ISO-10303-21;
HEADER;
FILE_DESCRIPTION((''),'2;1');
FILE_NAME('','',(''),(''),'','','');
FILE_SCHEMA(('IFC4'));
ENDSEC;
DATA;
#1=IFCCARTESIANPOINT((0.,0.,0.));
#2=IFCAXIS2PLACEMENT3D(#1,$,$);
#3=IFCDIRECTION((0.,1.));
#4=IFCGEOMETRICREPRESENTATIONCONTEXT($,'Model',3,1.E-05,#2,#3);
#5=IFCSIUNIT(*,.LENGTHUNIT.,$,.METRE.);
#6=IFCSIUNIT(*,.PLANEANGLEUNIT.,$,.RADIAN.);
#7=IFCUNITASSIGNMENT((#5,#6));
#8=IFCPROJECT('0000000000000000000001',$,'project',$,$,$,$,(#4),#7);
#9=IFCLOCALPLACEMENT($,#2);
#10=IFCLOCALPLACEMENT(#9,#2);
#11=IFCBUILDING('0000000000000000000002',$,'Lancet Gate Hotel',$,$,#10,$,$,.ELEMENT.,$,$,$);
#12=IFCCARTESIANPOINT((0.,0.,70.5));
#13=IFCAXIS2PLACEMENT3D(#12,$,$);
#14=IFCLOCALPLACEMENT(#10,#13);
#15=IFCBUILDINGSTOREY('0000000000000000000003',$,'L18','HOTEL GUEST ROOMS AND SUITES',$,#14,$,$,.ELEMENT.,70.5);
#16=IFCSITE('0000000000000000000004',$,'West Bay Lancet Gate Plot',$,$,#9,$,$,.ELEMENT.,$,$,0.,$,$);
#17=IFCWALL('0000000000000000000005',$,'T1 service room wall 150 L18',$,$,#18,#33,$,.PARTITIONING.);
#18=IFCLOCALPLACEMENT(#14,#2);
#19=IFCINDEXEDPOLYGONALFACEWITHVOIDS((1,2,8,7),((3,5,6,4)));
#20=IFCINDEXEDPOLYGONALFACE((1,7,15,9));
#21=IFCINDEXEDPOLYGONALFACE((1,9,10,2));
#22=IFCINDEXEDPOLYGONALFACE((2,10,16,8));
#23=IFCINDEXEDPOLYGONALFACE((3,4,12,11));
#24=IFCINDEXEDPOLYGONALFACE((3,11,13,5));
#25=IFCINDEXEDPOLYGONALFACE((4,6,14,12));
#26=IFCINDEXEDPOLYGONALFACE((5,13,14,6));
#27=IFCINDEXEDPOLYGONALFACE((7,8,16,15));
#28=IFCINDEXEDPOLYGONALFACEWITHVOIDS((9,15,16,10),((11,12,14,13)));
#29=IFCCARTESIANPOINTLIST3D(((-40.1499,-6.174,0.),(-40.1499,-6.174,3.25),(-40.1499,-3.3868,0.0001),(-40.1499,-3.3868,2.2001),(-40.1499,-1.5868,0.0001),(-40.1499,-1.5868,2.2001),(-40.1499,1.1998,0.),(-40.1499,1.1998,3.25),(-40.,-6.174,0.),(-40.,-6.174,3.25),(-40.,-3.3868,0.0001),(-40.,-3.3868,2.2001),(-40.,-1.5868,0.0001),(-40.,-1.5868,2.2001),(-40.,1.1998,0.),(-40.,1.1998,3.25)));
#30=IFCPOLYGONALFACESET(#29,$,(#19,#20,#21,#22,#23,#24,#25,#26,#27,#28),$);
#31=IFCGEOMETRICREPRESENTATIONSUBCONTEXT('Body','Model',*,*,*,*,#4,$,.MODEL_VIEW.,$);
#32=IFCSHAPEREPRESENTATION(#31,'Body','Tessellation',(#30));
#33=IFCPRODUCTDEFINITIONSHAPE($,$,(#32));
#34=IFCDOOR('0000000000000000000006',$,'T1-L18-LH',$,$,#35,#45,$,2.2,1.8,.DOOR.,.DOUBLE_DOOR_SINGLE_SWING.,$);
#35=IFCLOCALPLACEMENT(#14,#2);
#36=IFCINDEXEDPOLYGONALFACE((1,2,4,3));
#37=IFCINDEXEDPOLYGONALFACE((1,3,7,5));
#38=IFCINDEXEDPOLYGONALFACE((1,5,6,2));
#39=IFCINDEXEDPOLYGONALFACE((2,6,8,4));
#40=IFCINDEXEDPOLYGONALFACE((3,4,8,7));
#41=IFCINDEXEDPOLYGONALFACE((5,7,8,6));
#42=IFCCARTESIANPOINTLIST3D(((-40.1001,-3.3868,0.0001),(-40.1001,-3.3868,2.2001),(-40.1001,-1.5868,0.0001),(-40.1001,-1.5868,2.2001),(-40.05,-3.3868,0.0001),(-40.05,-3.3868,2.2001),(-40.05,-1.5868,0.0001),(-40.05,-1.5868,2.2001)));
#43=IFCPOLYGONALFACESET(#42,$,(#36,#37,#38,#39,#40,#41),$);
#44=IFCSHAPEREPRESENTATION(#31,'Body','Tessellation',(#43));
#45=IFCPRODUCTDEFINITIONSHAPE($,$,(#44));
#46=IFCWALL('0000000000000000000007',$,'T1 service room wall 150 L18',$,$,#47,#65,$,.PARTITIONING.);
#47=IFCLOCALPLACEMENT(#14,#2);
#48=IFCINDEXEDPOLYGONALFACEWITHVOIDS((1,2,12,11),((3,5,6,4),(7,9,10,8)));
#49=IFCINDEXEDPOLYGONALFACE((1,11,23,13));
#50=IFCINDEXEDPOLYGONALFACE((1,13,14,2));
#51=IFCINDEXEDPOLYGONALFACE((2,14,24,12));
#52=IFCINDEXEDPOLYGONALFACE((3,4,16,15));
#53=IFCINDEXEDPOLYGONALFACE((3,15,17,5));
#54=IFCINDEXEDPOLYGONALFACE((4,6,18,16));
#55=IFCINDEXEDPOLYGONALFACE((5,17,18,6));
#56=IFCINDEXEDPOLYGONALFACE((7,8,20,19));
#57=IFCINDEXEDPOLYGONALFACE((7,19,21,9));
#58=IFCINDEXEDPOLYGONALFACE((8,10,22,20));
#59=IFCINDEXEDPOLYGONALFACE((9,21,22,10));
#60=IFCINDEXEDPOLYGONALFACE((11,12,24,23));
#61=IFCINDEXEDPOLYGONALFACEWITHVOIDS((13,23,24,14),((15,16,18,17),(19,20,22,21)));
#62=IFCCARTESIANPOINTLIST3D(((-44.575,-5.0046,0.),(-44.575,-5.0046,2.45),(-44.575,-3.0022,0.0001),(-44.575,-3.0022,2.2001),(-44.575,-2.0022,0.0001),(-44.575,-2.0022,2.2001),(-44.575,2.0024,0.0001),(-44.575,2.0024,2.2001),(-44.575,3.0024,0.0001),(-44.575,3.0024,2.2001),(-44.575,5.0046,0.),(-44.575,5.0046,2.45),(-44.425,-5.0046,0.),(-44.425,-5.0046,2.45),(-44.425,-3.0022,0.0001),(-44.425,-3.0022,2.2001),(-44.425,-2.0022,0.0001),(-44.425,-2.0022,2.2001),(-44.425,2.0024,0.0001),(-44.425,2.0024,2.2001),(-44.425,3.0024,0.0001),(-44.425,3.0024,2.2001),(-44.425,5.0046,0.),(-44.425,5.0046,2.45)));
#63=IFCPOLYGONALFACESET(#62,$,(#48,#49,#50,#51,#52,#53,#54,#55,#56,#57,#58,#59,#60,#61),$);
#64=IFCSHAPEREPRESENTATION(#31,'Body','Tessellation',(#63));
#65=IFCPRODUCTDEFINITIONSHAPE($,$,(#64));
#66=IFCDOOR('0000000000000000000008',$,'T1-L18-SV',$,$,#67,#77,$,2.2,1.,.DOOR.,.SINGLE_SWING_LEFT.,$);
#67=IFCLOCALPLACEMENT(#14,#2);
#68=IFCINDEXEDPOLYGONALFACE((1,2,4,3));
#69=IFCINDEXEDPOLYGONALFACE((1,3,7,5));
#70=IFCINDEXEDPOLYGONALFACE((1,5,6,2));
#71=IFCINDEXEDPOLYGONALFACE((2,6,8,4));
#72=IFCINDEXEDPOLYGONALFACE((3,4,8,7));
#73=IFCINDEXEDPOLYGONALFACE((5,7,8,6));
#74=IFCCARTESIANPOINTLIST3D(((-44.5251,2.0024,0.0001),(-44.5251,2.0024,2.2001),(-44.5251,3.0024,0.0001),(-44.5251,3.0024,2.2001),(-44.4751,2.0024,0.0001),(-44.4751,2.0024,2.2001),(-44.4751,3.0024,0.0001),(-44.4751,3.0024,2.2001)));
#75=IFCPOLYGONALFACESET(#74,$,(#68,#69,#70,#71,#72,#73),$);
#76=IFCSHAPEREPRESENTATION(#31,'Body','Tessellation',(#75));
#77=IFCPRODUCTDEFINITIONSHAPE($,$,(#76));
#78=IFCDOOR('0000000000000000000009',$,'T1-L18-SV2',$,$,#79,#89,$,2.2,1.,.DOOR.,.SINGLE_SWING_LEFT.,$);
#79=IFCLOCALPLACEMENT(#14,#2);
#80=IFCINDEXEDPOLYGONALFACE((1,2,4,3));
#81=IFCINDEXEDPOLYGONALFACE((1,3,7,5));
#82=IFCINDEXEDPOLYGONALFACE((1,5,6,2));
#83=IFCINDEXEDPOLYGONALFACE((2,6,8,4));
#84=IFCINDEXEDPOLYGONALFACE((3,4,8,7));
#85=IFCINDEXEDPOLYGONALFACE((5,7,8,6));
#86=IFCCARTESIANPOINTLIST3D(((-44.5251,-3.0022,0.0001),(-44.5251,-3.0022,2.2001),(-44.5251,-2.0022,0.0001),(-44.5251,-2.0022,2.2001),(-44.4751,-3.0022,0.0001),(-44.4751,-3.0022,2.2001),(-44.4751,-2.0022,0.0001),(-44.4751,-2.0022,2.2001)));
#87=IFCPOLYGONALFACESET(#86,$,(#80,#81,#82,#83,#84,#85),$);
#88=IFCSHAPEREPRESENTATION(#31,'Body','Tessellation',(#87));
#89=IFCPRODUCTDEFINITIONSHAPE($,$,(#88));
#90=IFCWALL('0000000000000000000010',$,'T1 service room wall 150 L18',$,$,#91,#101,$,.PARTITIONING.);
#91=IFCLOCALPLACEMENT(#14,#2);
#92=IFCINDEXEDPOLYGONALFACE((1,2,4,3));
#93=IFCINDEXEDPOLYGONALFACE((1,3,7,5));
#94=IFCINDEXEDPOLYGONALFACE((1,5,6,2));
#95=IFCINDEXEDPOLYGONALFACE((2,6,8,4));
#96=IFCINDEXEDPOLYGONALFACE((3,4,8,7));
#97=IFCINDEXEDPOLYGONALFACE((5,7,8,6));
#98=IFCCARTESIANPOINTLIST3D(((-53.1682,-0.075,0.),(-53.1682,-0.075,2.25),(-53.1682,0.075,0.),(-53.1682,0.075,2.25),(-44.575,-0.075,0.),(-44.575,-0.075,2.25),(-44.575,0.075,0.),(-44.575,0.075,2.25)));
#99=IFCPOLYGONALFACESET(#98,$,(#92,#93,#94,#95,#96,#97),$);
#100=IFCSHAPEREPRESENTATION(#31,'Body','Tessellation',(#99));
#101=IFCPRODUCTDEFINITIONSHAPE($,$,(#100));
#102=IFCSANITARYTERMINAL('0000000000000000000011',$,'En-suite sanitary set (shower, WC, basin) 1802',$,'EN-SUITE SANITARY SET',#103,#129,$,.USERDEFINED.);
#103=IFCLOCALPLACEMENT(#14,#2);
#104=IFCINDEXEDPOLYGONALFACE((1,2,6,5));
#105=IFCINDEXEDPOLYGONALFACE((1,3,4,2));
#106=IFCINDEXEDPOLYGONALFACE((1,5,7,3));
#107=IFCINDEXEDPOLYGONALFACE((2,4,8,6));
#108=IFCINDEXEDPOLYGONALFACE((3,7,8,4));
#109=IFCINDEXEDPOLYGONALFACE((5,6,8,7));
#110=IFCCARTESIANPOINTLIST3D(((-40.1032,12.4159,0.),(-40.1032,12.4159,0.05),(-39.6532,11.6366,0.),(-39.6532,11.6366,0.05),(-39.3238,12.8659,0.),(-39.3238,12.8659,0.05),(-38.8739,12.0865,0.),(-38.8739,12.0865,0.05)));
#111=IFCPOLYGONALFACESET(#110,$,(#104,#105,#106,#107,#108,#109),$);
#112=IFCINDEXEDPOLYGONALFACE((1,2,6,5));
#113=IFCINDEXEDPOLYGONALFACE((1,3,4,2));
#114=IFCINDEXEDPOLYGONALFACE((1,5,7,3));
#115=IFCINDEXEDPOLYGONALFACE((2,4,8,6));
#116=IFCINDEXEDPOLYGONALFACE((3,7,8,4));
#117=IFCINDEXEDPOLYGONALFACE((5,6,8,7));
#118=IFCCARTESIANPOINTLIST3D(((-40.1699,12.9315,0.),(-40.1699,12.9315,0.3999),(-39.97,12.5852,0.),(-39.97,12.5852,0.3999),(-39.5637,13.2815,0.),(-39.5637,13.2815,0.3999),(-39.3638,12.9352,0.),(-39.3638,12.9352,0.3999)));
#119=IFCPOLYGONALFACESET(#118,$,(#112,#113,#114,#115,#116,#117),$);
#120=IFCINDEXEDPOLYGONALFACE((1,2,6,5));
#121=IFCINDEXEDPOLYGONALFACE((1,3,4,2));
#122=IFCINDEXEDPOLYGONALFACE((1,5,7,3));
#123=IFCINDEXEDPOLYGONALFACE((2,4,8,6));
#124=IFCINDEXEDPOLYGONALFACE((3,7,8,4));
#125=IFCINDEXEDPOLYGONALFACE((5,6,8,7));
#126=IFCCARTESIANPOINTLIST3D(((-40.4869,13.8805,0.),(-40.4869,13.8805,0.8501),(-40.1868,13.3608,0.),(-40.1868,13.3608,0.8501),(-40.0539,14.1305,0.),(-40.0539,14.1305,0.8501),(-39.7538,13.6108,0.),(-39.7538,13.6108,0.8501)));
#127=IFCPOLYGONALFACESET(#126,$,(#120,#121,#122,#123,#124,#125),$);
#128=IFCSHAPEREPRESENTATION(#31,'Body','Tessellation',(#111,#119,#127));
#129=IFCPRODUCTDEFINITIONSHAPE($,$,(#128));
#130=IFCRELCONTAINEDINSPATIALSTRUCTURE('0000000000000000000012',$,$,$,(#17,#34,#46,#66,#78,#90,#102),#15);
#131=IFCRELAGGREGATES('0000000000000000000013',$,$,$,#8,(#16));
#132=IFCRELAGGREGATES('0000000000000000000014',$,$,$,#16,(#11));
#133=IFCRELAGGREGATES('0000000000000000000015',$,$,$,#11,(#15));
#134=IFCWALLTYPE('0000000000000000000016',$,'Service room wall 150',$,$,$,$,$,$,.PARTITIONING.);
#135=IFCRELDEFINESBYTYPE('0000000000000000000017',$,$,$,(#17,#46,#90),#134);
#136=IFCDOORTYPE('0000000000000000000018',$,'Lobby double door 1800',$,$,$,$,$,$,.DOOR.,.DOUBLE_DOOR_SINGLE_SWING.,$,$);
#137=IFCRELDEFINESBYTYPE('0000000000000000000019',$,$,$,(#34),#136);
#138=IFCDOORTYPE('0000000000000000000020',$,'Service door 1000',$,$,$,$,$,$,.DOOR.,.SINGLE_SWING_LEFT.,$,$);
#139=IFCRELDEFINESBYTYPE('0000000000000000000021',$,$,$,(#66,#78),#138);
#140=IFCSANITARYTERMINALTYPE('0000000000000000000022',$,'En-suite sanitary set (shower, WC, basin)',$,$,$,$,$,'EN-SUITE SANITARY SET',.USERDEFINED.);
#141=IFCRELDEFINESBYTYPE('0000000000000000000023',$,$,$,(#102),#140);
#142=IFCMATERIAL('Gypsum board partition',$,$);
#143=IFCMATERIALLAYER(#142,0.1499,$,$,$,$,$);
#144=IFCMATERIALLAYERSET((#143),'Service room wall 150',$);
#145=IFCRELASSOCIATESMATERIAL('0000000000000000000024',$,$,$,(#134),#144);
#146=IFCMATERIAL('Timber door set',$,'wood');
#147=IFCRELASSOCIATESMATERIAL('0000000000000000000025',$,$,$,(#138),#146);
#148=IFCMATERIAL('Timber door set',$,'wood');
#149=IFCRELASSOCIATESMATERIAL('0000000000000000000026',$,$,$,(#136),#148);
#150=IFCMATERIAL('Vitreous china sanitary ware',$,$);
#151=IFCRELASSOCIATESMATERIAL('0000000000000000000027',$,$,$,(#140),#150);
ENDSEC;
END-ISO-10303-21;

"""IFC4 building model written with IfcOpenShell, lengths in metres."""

from ifc_helpers import new_model, si_unit, direction, frame, frame_2d, origin, origin_2d, place, context, subcontext, project, spatial, rectangle, extrude, material, layer, layer_set, type_object, element, fill, save


model = new_model("IFC4")

# Units and contexts
model_context = context("Model", 3, precision=1e-05, world=origin(), true_north=direction((0.0, 1.0)))
body_context = subcontext(model_context, "Body", "Model", "MODEL_VIEW")
ifc_project = project(units=[si_unit("LENGTHUNIT", "METRE"), si_unit("PLANEANGLEUNIT", "RADIAN")], contexts=[model_context])

# Site, building, storey
site_placement = place(None, origin())
site = spatial("IfcSite", under=ifc_project, at=site_placement, Name="West Bay Lancet Gate Plot", CompositionType="ELEMENT", RefElevation=0.0)
building_placement = place(site_placement, origin())
building = spatial("IfcBuilding", under=site, at=building_placement, Name="Lancet Gate Hotel", CompositionType="ELEMENT")
storey_placement = place(building_placement, frame((0.0, 0.0, 70.5)))
storey = spatial("IfcBuildingStorey", under=building, at=storey_placement, Name="L18", Description="HOTEL GUEST ROOMS AND SUITES", CompositionType="ELEMENT", Elevation=70.5)

# Wall, opening, door
ifc_material_1 = material(Name="Gypsum board partition")
ifc_layer_1 = layer(ifc_material_1, 0.1499)
ifc_layer_set_1 = layer_set([ifc_layer_1], Name="Service room wall 150")
wall_type_1 = type_object("IfcWallType", Name="Service room wall 150", PredefinedType="PARTITIONING", material=ifc_layer_set_1)
ifc_material_2 = material(Name="Timber door set", Category="wood")
door_type_1 = type_object("IfcDoorType", Name="Service door 1000", OperationType="SINGLE_SWING_LEFT", PredefinedType="DOOR", material=ifc_material_2)
wall_1_placement = place(storey_placement, frame((-40.075, 1.2, 0.0), z_axis=(0.0, 0.0, 1.0), x_axis=(0.0, -1.0, 0.0)))
wall_1 = element("IfcWall", 1, at=wall_1_placement, inside=storey, type_object=wall_type_1, Name="T1 service room wall 150 L18", PredefinedType="PARTITIONING", context=body_context, shape_type="SweptSolid", body=[
    extrude(rectangle(XDim=7.3738, YDim=0.1499, at=frame_2d((3.687, 0.0))), origin(), (0.0, 0.0, 1.0), 3.25),
])
opening_1_placement = place(wall_1_placement, frame((2.7869, 0.0, 0.0)))
opening_1 = element("IfcOpeningElement", 2, at=opening_1_placement, cuts=wall_1, PredefinedType="OPENING", context=body_context, shape_type="SweptSolid", body=[
    extrude(rectangle(XDim=1.8, YDim=2.2, at=frame_2d((0.8999, 1.1001))), frame((0.0, 0.085, 0.0), z_axis=(0.0, -1.0, 0.0), x_axis=(1.0, 0.0, 0.0)), (0.0, 0.0, 1.0), 0.1699),
])
ifc_material_3 = material(Name="Timber door set", Category="wood")
door_type_2 = type_object("IfcDoorType", Name="Lobby double door 1800", OperationType="DOUBLE_DOOR_SINGLE_SWING", PredefinedType="DOOR", material=ifc_material_3)
door_1_placement = place(opening_1_placement, origin())
door_1 = element("IfcDoor", 3, at=door_1_placement, inside=storey, type_object=door_type_2, Name="T1-L18-LH", OperationType="DOUBLE_DOOR_SINGLE_SWING", OverallHeight=2.2, OverallWidth=1.8, PredefinedType="DOOR", context=body_context, shape_type="SweptSolid", body=[
    extrude(rectangle(XDim=1.8, YDim=2.2, at=frame_2d((0.8999, 1.1001))), frame((0.0, 0.0249, 0.0), z_axis=(0.0, -1.0, 0.0), x_axis=(1.0, 0.0, 0.0)), (0.0, 0.0, 1.0), 0.05),
])
fill(opening_1, door_1)

# Wall, openings, doors
wall_2_placement = place(storey_placement, frame((-44.5, 5.0046, 0.0), z_axis=(0.0, 0.0, 1.0), x_axis=(0.0, -1.0, 0.0)))
wall_2 = element("IfcWall", 4, at=wall_2_placement, inside=storey, type_object=wall_type_1, Name="T1 service room wall 150 L18", PredefinedType="PARTITIONING", context=body_context, shape_type="SweptSolid", body=[
    extrude(rectangle(XDim=10.0093, YDim=0.1499, at=frame_2d((5.0046, 0.0))), origin(), (0.0, 0.0, 1.0), 2.45),
])
opening_2_placement = place(wall_2_placement, frame((2.0022, 0.0, 0.0)))
opening_2 = element("IfcOpeningElement", 5, at=opening_2_placement, cuts=wall_2, PredefinedType="OPENING", context=body_context, shape_type="SweptSolid", body=[
    extrude(rectangle(XDim=1.0, YDim=2.2, at=frame_2d((0.5, 1.1001))), frame((0.0, 0.085, 0.0), z_axis=(0.0, -1.0, 0.0), x_axis=(1.0, 0.0, 0.0)), (0.0, 0.0, 1.0), 0.1699),
])
opening_3_placement = place(wall_2_placement, frame((7.0068, 0.0, 0.0)))
opening_3 = element("IfcOpeningElement", 6, at=opening_3_placement, cuts=wall_2, PredefinedType="OPENING", context=body_context, shape_type="SweptSolid", body=[
    extrude(rectangle(XDim=1.0, YDim=2.2, at=frame_2d((0.5, 1.1001))), frame((0.0, 0.085, 0.0), z_axis=(0.0, -1.0, 0.0), x_axis=(1.0, 0.0, 0.0)), (0.0, 0.0, 1.0), 0.1699),
])
door_2_placement = place(opening_2_placement, origin())
door_2 = element("IfcDoor", 7, at=door_2_placement, inside=storey, type_object=door_type_1, Name="T1-L18-SV", OperationType="SINGLE_SWING_LEFT", OverallHeight=2.2, OverallWidth=1.0, PredefinedType="DOOR", context=body_context, shape_type="SweptSolid", body=[
    extrude(rectangle(XDim=1.0, YDim=2.2, at=frame_2d((0.5, 1.1001))), frame((0.0, 0.0249, 0.0), z_axis=(0.0, -1.0, 0.0), x_axis=(1.0, 0.0, 0.0)), (0.0, 0.0, 1.0), 0.05),
])
fill(opening_2, door_2)
door_3_placement = place(opening_3_placement, origin())
door_3 = element("IfcDoor", 8, at=door_3_placement, inside=storey, type_object=door_type_1, Name="T1-L18-SV2", OperationType="SINGLE_SWING_LEFT", OverallHeight=2.2, OverallWidth=1.0, PredefinedType="DOOR", context=body_context, shape_type="SweptSolid", body=[
    extrude(rectangle(XDim=1.0, YDim=2.2, at=frame_2d((0.5, 1.1001))), frame((0.0, 0.0249, 0.0), z_axis=(0.0, -1.0, 0.0), x_axis=(1.0, 0.0, 0.0)), (0.0, 0.0, 1.0), 0.05),
])
fill(opening_3, door_3)

# Wall
wall_3_placement = place(storey_placement, frame((-44.575, 0.0, 0.0), z_axis=(0.0, 0.0, 1.0), x_axis=(-1.0, 0.0, 0.0)))
element("IfcWall", 9, at=wall_3_placement, inside=storey, type_object=wall_type_1, Name="T1 service room wall 150 L18", PredefinedType="PARTITIONING", context=body_context, shape_type="SweptSolid", body=[
    extrude(rectangle(XDim=8.5933, YDim=0.1499, at=frame_2d((4.2966, 0.0))), origin(), (0.0, 0.0, 1.0), 2.25),
])

# Sanitary terminal
ifc_material_4 = material(Name="Vitreous china sanitary ware")
sanitary_terminal_type = type_object("IfcSanitaryTerminalType", Name="En-suite sanitary set (shower, WC, basin)", ElementType="EN-SUITE SANITARY SET", PredefinedType="USERDEFINED", material=ifc_material_4)
sanitary_terminal_placement = place(storey_placement, frame((-39.4885, 12.2512, 0.0), z_axis=(0.0, 0.0, 1.0), x_axis=(1.0, 0.0, 0.0)))
element("IfcSanitaryTerminal", 10, at=sanitary_terminal_placement, inside=storey, type_object=sanitary_terminal_type, Name="En-suite sanitary set (shower, WC, basin) 1802", ObjectType="EN-SUITE SANITARY SET", PredefinedType="USERDEFINED", context=body_context, shape_type="SweptSolid", body=[
    extrude(rectangle(XDim=0.8999, YDim=0.8999, at=origin_2d()), frame((0.0, 0.0, 0.0), z_axis=(0.0, 0.0, 1.0), x_axis=(0.5, -0.866025, 0.0)), (0.0, 0.0, 1.0), 0.05),
    extrude(rectangle(XDim=0.3999, YDim=0.7, at=origin_2d()), frame((-0.2783, 0.6821, 0.0), z_axis=(0.0, 0.0, 1.0), x_axis=(0.5, -0.866025, 0.0)), (0.0, 0.0, 1.0), 0.3999),
    extrude(rectangle(XDim=0.6001, YDim=0.5, at=origin_2d()), frame((-0.6318, 1.4944, 0.0), z_axis=(0.0, 0.0, 1.0), x_axis=(0.5, -0.866025, 0.0)), (0.0, 0.0, 1.0), 0.8501),
])

save(model, "model.ifc")
